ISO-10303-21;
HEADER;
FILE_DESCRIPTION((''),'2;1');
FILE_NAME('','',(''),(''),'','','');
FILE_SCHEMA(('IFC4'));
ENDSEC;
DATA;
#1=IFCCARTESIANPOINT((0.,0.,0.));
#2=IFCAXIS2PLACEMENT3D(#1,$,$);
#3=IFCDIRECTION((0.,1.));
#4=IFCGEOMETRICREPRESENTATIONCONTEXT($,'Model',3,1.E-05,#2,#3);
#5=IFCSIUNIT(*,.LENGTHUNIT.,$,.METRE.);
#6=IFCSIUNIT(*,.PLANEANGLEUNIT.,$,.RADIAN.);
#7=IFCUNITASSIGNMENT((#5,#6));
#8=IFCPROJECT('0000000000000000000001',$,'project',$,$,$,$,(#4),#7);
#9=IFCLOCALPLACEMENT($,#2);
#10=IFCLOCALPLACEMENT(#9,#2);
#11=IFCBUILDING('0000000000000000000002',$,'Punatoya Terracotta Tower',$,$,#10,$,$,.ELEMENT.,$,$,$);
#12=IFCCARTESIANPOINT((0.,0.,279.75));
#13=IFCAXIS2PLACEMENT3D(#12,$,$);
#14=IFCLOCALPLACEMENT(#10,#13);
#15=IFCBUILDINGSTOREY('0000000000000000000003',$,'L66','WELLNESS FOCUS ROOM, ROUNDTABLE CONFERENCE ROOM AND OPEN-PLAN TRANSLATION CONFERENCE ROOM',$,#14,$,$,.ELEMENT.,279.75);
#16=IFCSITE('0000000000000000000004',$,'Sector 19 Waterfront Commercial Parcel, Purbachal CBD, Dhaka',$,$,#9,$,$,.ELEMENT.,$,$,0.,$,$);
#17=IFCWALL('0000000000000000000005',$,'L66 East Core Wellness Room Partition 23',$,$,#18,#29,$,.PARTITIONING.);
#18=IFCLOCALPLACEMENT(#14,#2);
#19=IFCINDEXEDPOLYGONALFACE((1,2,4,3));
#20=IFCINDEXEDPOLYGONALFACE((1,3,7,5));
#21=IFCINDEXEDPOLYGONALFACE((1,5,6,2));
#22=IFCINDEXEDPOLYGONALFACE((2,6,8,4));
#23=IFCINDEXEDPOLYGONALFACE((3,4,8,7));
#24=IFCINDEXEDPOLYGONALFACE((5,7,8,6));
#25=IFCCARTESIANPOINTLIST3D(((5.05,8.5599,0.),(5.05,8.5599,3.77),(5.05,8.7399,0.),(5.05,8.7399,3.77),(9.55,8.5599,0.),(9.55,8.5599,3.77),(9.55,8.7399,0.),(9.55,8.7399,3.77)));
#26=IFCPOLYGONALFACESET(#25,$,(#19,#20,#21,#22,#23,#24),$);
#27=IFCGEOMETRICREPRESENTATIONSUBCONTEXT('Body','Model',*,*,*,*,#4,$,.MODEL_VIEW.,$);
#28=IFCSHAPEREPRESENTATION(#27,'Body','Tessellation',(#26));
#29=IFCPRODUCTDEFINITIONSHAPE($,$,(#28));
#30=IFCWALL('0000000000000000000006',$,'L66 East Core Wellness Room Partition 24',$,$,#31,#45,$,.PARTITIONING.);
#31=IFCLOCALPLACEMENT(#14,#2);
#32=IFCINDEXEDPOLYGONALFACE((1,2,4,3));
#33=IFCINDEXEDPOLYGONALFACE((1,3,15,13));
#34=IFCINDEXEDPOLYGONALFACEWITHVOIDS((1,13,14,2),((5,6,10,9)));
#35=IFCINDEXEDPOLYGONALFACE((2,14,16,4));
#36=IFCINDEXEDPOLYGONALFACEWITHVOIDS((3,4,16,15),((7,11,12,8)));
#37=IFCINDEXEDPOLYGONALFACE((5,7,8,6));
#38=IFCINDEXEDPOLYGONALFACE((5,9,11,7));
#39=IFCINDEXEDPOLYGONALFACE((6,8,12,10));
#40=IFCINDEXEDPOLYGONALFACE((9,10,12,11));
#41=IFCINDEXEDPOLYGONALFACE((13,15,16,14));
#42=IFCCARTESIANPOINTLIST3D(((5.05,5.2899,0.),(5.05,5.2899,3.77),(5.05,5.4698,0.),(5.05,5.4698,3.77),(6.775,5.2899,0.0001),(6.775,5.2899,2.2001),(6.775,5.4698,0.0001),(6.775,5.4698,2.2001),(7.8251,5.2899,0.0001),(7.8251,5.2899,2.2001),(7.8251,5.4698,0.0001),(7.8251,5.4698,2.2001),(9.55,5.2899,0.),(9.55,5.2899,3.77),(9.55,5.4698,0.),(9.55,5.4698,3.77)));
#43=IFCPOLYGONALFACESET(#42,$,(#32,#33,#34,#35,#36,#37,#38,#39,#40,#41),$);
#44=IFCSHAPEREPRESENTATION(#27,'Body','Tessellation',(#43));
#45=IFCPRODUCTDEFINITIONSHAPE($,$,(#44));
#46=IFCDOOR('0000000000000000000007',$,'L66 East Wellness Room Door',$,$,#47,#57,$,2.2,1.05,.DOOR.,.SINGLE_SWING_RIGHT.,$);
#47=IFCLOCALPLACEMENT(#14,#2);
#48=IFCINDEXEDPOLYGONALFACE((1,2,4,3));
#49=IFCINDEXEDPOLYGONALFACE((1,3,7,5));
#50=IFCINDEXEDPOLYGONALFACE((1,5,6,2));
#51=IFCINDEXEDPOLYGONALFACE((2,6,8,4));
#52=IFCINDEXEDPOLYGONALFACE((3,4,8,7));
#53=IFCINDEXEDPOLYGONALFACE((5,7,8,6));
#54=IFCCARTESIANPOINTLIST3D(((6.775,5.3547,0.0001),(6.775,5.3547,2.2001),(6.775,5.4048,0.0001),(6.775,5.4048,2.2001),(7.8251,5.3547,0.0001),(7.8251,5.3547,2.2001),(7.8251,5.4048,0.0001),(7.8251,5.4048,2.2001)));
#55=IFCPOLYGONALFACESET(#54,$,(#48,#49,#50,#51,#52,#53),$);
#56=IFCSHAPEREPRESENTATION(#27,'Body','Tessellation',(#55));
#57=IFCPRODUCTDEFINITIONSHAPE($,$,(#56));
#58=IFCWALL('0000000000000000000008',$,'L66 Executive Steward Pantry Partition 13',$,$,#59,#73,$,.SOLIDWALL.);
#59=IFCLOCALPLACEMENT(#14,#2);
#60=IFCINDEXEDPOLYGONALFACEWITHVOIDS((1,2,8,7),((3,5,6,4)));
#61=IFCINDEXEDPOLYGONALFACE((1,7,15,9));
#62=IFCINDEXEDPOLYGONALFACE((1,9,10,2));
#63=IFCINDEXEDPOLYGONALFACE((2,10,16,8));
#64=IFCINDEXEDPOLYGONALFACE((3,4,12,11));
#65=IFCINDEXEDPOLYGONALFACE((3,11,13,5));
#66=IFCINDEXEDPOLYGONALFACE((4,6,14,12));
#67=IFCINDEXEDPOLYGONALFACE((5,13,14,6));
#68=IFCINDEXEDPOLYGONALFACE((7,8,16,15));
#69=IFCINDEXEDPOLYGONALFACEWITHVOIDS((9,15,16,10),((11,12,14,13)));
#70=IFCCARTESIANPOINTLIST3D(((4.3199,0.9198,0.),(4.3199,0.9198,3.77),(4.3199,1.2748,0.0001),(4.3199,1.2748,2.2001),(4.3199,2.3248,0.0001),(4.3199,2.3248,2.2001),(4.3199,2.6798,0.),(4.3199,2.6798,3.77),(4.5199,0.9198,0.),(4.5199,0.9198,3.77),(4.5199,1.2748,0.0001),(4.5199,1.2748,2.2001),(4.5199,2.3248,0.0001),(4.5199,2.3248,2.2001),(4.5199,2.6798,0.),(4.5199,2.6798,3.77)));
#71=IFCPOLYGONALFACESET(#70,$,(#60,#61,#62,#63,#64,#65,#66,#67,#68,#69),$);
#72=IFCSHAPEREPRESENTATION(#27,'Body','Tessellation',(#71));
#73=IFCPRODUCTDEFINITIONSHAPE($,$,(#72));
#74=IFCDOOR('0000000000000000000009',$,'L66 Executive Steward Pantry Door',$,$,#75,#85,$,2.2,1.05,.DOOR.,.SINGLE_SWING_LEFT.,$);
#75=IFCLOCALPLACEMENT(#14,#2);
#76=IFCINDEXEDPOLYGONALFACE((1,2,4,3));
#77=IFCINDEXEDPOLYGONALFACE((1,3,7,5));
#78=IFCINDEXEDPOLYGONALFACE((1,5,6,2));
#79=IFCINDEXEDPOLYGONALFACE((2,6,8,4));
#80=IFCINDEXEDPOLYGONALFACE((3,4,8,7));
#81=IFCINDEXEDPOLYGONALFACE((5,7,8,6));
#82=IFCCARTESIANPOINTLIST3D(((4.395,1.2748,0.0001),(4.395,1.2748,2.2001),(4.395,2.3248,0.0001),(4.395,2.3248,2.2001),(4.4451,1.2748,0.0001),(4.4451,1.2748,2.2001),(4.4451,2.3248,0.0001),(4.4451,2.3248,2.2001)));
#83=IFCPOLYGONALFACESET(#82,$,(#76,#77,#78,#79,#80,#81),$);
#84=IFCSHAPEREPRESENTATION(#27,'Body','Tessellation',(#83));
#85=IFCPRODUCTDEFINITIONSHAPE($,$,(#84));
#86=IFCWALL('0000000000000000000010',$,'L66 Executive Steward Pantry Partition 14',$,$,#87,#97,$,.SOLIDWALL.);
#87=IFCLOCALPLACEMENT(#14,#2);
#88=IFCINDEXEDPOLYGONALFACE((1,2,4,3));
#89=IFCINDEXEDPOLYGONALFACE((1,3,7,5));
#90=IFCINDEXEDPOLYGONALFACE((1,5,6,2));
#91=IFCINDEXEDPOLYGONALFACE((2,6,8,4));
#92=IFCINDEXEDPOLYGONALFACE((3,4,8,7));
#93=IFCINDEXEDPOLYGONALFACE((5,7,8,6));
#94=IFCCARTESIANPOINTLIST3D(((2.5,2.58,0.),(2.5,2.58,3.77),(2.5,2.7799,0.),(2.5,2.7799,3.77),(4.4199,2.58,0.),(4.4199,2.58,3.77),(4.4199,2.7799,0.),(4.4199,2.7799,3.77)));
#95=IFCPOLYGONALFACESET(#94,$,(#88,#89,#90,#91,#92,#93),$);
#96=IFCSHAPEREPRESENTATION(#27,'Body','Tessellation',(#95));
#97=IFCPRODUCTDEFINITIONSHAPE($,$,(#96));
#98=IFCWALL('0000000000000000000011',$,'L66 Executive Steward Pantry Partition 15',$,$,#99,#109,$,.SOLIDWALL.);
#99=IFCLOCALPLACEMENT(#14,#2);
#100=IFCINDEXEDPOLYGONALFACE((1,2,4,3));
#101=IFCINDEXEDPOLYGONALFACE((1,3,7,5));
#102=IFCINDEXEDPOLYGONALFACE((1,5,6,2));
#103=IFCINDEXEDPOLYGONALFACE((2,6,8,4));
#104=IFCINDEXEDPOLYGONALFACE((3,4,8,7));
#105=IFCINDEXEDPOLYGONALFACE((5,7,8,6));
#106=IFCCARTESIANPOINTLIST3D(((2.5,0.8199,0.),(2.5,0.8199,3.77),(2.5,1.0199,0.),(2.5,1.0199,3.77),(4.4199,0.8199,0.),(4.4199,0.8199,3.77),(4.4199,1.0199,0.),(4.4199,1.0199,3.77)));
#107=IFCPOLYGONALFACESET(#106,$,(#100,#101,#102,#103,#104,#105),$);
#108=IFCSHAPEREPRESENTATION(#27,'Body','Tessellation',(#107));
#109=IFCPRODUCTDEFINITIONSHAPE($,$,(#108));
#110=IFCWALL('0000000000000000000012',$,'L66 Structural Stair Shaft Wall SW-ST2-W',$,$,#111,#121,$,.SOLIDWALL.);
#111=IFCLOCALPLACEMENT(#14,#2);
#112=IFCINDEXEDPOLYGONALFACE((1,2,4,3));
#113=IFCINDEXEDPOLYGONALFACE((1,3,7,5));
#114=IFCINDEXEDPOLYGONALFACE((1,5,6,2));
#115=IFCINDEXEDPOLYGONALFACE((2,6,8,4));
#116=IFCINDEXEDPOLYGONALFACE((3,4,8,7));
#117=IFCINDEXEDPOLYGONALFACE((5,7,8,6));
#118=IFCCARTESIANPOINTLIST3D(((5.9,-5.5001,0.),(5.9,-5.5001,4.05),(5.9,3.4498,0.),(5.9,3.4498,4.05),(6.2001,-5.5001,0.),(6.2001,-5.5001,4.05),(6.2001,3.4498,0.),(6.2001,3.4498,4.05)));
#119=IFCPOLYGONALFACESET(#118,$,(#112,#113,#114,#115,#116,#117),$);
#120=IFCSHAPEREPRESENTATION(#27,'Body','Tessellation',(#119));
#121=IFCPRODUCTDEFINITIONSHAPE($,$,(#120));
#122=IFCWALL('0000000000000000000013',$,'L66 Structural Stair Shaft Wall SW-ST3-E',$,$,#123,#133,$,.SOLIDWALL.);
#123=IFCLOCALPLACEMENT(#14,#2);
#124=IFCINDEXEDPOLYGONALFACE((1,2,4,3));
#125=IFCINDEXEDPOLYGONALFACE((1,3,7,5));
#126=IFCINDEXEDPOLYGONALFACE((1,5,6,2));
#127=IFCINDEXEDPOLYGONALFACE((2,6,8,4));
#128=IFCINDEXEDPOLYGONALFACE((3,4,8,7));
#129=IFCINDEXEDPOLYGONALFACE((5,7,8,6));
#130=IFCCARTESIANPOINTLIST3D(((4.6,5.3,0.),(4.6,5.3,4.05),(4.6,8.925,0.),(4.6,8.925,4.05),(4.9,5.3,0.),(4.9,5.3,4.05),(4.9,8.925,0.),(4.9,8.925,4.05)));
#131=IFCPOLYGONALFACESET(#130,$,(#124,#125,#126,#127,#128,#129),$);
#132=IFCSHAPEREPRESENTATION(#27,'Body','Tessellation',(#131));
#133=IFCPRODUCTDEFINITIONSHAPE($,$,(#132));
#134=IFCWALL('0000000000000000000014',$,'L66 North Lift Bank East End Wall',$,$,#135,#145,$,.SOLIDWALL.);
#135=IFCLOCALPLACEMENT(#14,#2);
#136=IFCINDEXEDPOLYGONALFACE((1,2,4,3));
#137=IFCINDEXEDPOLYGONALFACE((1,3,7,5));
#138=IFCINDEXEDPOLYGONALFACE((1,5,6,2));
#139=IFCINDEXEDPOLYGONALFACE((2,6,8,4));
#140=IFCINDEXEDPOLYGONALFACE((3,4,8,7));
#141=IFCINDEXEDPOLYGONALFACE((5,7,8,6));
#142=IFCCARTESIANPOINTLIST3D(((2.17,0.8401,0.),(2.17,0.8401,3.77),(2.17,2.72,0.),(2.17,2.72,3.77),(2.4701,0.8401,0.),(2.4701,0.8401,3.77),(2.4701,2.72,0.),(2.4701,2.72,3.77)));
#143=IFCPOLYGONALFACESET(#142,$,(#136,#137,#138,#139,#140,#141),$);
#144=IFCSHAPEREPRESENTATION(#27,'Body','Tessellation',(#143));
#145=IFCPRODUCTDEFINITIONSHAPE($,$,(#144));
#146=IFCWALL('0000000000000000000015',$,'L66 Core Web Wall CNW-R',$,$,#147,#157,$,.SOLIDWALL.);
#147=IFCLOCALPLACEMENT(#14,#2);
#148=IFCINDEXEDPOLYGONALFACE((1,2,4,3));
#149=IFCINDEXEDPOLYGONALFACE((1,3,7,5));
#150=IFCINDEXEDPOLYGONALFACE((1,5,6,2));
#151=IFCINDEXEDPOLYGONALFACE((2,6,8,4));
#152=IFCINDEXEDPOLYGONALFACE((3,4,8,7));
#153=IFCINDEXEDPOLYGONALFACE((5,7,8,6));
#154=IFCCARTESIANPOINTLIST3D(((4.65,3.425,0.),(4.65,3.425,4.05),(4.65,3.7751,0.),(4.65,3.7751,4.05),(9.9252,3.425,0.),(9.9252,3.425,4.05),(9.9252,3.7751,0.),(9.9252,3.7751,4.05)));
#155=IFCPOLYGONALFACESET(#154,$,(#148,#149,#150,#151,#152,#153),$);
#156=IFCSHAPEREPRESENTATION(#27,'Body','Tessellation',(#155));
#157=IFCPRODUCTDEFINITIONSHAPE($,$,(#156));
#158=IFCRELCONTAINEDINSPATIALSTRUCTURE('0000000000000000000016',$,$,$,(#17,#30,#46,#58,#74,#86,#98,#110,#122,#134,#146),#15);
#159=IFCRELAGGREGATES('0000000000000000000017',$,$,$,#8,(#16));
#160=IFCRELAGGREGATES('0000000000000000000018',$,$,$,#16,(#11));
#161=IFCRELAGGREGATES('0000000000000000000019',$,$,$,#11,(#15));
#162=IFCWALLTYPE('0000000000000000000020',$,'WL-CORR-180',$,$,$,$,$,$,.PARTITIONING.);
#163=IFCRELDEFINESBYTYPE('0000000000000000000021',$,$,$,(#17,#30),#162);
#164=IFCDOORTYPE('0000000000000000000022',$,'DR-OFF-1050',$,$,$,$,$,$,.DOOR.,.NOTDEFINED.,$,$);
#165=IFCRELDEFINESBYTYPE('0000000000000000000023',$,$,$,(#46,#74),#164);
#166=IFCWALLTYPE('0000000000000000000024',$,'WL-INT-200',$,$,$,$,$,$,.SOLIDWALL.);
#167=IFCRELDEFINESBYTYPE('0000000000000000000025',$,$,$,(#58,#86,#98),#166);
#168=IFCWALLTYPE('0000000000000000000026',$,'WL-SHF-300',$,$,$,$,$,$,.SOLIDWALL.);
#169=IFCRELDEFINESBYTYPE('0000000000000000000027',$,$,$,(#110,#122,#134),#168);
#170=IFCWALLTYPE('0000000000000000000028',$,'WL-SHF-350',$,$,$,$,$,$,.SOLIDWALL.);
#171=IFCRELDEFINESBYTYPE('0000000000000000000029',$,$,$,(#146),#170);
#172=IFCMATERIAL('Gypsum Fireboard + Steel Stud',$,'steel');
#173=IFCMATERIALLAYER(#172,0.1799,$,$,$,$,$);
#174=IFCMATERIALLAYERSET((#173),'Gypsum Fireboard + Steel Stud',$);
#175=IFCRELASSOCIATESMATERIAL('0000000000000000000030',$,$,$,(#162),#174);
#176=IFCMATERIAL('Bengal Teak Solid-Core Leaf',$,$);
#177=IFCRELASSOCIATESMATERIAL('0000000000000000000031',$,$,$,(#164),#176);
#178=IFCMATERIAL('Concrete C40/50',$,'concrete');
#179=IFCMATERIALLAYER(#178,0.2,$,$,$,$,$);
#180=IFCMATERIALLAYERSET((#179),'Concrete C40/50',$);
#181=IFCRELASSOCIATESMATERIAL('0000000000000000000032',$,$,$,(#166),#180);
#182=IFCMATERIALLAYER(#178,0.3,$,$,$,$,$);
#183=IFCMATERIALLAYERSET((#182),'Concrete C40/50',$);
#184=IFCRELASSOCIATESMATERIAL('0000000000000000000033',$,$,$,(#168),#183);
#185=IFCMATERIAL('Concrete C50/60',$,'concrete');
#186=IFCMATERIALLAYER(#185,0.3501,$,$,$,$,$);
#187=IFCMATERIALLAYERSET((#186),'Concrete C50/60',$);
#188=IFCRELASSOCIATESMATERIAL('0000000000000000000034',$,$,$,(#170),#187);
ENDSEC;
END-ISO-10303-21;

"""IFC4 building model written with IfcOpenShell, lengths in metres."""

from ifc_helpers import new_model, si_unit, direction, frame, frame_2d, origin, place, context, subcontext, project, spatial, rectangle, extrude, material, layer, layer_set, type_object, element, fill, save


model = new_model("IFC4")

# Units and contexts
model_context = context("Model", 3, precision=1e-05, world=origin(), true_north=direction((0.0, 1.0)))
body_context = subcontext(model_context, "Body", "Model", "MODEL_VIEW")
ifc_project = project(units=[si_unit("LENGTHUNIT", "METRE"), si_unit("PLANEANGLEUNIT", "RADIAN")], contexts=[model_context])

# Site, building, storey
site_placement = place(None, origin())
site = spatial("IfcSite", under=ifc_project, at=site_placement, Name="Sector 19 Waterfront Commercial Parcel, Purbachal CBD, Dhaka", CompositionType="ELEMENT", RefElevation=0.0)
building_placement = place(site_placement, origin())
building = spatial("IfcBuilding", under=site, at=building_placement, Name="Punatoya Terracotta Tower", CompositionType="ELEMENT")
storey_placement = place(building_placement, frame((0.0, 0.0, 279.75)))
storey = spatial("IfcBuildingStorey", under=building, at=storey_placement, Name="L66", Description="WELLNESS FOCUS ROOM, ROUNDTABLE CONFERENCE ROOM AND OPEN-PLAN TRANSLATION CONFERENCE ROOM", CompositionType="ELEMENT", Elevation=279.75)

# Shared definitions
ifc_material_1 = material(Name="Concrete C50/60", Category="concrete")

# Wall
ifc_material_2 = material(Name="Gypsum Fireboard + Steel Stud", Category="steel")
ifc_layer_1 = layer(ifc_material_2, 0.1799)
ifc_layer_set_1 = layer_set([ifc_layer_1], Name="Gypsum Fireboard + Steel Stud")
wall_type_1 = type_object("IfcWallType", Name="WL-CORR-180", PredefinedType="PARTITIONING", material=ifc_layer_set_1)
wall_1_placement = place(storey_placement, frame((9.55, 8.6499, 0.0), z_axis=(0.0, 0.0, 1.0), x_axis=(-1.0, 0.0, 0.0)))
element("IfcWall", 1, at=wall_1_placement, inside=storey, type_object=wall_type_1, Name="L66 East Core Wellness Room Partition 23", PredefinedType="PARTITIONING", context=body_context, shape_type="SweptSolid", body=[
    extrude(rectangle(XDim=4.5, YDim=0.1799, at=frame_2d((2.25, 0.0))), origin(), (0.0, 0.0, 1.0), 3.77),
])

# Walls, openings, doors
wall_2_placement = place(storey_placement, frame((5.05, 5.3799, 0.0), z_axis=(0.0, 0.0, 1.0), x_axis=(1.0, 0.0, 0.0)))
wall_2 = element("IfcWall", 2, at=wall_2_placement, inside=storey, type_object=wall_type_1, Name="L66 East Core Wellness Room Partition 24", PredefinedType="PARTITIONING", context=body_context, shape_type="SweptSolid", body=[
    extrude(rectangle(XDim=4.5, YDim=0.1799, at=frame_2d((2.25, 0.0))), origin(), (0.0, 0.0, 1.0), 3.77),
])
opening_1_placement = place(wall_2_placement, frame((1.7251, 0.0, 0.0)))
opening_1 = element("IfcOpeningElement", 3, at=opening_1_placement, cuts=wall_2, PredefinedType="OPENING", context=body_context, shape_type="SweptSolid", body=[
    extrude(rectangle(XDim=1.05, YDim=2.2, at=frame_2d((0.5249, 1.1001))), frame((0.0, 0.0999, 0.0), z_axis=(0.0, -1.0, 0.0), x_axis=(1.0, 0.0, 0.0)), (0.0, 0.0, 1.0), 0.2),
])
ifc_material_3 = material(Name="Bengal Teak Solid-Core Leaf")
door_type_1 = type_object("IfcDoorType", Name="DR-OFF-1050", OperationType="NOTDEFINED", PredefinedType="DOOR", material=ifc_material_3)
door_1_placement = place(opening_1_placement, origin())
door_1 = element("IfcDoor", 4, at=door_1_placement, inside=storey, type_object=door_type_1, Name="L66 East Wellness Room Door", OperationType="SINGLE_SWING_RIGHT", OverallHeight=2.2, OverallWidth=1.05, PredefinedType="DOOR", context=body_context, shape_type="SweptSolid", body=[
    extrude(rectangle(XDim=1.05, YDim=2.2, at=frame_2d((0.5249, 1.1001))), frame((0.0, 0.0249, 0.0), z_axis=(0.0, -1.0, 0.0), x_axis=(1.0, 0.0, 0.0)), (0.0, 0.0, 1.0), 0.05),
])
fill(opening_1, door_1)
ifc_material_4 = material(Name="Concrete C40/50", Category="concrete")
ifc_layer_2 = layer(ifc_material_4, 0.2)
ifc_layer_set_2 = layer_set([ifc_layer_2], Name="Concrete C40/50")
wall_type_2 = type_object("IfcWallType", Name="WL-INT-200", PredefinedType="SOLIDWALL", material=ifc_layer_set_2)
wall_3_placement = place(storey_placement, frame((4.4199, 0.9199, 0.0), z_axis=(0.0, 0.0, 1.0), x_axis=(0.0, 1.0, 0.0)))
wall_3 = element("IfcWall", 5, at=wall_3_placement, inside=storey, type_object=wall_type_2, Name="L66 Executive Steward Pantry Partition 13", PredefinedType="SOLIDWALL", context=body_context, shape_type="SweptSolid", body=[
    extrude(rectangle(XDim=1.76, YDim=0.2, at=frame_2d((0.8799, 0.0))), origin(), (0.0, 0.0, 1.0), 3.77),
])
opening_2_placement = place(wall_3_placement, frame((0.355, 0.0, 0.0)))
opening_2 = element("IfcOpeningElement", 6, at=opening_2_placement, cuts=wall_3, PredefinedType="OPENING", context=body_context, shape_type="SweptSolid", body=[
    extrude(rectangle(XDim=1.05, YDim=2.2, at=frame_2d((0.5249, 1.1001))), frame((0.0, 0.1099, 0.0), z_axis=(0.0, -1.0, 0.0), x_axis=(1.0, 0.0, 0.0)), (0.0, 0.0, 1.0), 0.22),
])
door_2_placement = place(opening_2_placement, origin())
door_2 = element("IfcDoor", 7, at=door_2_placement, inside=storey, type_object=door_type_1, Name="L66 Executive Steward Pantry Door", OperationType="SINGLE_SWING_LEFT", OverallHeight=2.2, OverallWidth=1.05, PredefinedType="DOOR", context=body_context, shape_type="SweptSolid", body=[
    extrude(rectangle(XDim=1.05, YDim=2.2, at=frame_2d((0.5249, 1.1001))), frame((0.0, 0.0249, 0.0), z_axis=(0.0, -1.0, 0.0), x_axis=(1.0, 0.0, 0.0)), (0.0, 0.0, 1.0), 0.05),
])
fill(opening_2, door_2)

# Walls
for number, where, z_axis, x_axis, name in (
    (8, (4.4199, 2.6799, 0.0), (0.0, 0.0, 1.0), (-1.0, 0.0, 0.0), "L66 Executive Steward Pantry Partition 14"),
    (9, (2.5, 0.9199, 0.0), (0.0, 0.0, 1.0), (1.0, 0.0, 0.0), "L66 Executive Steward Pantry Partition 15"),
):
    element("IfcWall", number, at=place(storey_placement, frame(where, z_axis=z_axis, x_axis=x_axis)), inside=storey, type_object=wall_type_2, Name=name, PredefinedType="SOLIDWALL", context=body_context, shape_type="SweptSolid", body=[
        extrude(rectangle(XDim=1.9199, YDim=0.2, at=frame_2d((0.96, 0.0))), origin(), (0.0, 0.0, 1.0), 3.77),
    ])
ifc_layer_3 = layer(ifc_material_4, 0.3)
ifc_layer_set_3 = layer_set([ifc_layer_3], Name="Concrete C40/50")
wall_type_3 = type_object("IfcWallType", Name="WL-SHF-300", PredefinedType="SOLIDWALL", material=ifc_layer_set_3)
wall_4_placement = place(storey_placement, frame((6.05, 3.45, 0.0), z_axis=(0.0, 0.0, 1.0), x_axis=(0.0, -1.0, 0.0)))
element("IfcWall", 10, at=wall_4_placement, inside=storey, type_object=wall_type_3, Name="L66 Structural Stair Shaft Wall SW-ST2-W", PredefinedType="SOLIDWALL", context=body_context, shape_type="SweptSolid", body=[
    extrude(rectangle(XDim=8.95, YDim=0.3, at=frame_2d((4.4751, 0.0))), origin(), (0.0, 0.0, 1.0), 4.05),
])
wall_5_placement = place(storey_placement, frame((4.75, 8.925, 0.0), z_axis=(0.0, 0.0, 1.0), x_axis=(0.0, -1.0, 0.0)))
element("IfcWall", 11, at=wall_5_placement, inside=storey, type_object=wall_type_3, Name="L66 Structural Stair Shaft Wall SW-ST3-E", PredefinedType="SOLIDWALL", context=body_context, shape_type="SweptSolid", body=[
    extrude(rectangle(XDim=3.625, YDim=0.3, at=frame_2d((1.8125, 0.0))), origin(), (0.0, 0.0, 1.0), 4.05),
])
wall_6_placement = place(storey_placement, frame((2.3201, 0.8401, 0.0), z_axis=(0.0, 0.0, 1.0), x_axis=(0.0, 1.0, 0.0)))
element("IfcWall", 12, at=wall_6_placement, inside=storey, type_object=wall_type_3, Name="L66 North Lift Bank East End Wall", PredefinedType="SOLIDWALL", context=body_context, shape_type="SweptSolid", body=[
    extrude(rectangle(XDim=1.8799, YDim=0.3, at=frame_2d((0.9399, 0.0))), origin(), (0.0, 0.0, 1.0), 3.77),
])
ifc_layer_4 = layer(ifc_material_1, 0.3501)
ifc_layer_set_4 = layer_set([ifc_layer_4], Name="Concrete C50/60")
wall_type_4 = type_object("IfcWallType", Name="WL-SHF-350", PredefinedType="SOLIDWALL", material=ifc_layer_set_4)
wall_7_placement = place(storey_placement, frame((4.6499, 3.6001, 0.0), z_axis=(0.0, 0.0, 1.0), x_axis=(1.0, 0.0, 0.0)))
element("IfcWall", 13, at=wall_7_placement, inside=storey, type_object=wall_type_4, Name="L66 Core Web Wall CNW-R", PredefinedType="SOLIDWALL", context=body_context, shape_type="SweptSolid", body=[
    extrude(rectangle(XDim=5.2751, YDim=0.3501, at=frame_2d((2.6377, 0.0))), origin(), (0.0, 0.0, 1.0), 4.05),
])

save(model, "model.ifc")
